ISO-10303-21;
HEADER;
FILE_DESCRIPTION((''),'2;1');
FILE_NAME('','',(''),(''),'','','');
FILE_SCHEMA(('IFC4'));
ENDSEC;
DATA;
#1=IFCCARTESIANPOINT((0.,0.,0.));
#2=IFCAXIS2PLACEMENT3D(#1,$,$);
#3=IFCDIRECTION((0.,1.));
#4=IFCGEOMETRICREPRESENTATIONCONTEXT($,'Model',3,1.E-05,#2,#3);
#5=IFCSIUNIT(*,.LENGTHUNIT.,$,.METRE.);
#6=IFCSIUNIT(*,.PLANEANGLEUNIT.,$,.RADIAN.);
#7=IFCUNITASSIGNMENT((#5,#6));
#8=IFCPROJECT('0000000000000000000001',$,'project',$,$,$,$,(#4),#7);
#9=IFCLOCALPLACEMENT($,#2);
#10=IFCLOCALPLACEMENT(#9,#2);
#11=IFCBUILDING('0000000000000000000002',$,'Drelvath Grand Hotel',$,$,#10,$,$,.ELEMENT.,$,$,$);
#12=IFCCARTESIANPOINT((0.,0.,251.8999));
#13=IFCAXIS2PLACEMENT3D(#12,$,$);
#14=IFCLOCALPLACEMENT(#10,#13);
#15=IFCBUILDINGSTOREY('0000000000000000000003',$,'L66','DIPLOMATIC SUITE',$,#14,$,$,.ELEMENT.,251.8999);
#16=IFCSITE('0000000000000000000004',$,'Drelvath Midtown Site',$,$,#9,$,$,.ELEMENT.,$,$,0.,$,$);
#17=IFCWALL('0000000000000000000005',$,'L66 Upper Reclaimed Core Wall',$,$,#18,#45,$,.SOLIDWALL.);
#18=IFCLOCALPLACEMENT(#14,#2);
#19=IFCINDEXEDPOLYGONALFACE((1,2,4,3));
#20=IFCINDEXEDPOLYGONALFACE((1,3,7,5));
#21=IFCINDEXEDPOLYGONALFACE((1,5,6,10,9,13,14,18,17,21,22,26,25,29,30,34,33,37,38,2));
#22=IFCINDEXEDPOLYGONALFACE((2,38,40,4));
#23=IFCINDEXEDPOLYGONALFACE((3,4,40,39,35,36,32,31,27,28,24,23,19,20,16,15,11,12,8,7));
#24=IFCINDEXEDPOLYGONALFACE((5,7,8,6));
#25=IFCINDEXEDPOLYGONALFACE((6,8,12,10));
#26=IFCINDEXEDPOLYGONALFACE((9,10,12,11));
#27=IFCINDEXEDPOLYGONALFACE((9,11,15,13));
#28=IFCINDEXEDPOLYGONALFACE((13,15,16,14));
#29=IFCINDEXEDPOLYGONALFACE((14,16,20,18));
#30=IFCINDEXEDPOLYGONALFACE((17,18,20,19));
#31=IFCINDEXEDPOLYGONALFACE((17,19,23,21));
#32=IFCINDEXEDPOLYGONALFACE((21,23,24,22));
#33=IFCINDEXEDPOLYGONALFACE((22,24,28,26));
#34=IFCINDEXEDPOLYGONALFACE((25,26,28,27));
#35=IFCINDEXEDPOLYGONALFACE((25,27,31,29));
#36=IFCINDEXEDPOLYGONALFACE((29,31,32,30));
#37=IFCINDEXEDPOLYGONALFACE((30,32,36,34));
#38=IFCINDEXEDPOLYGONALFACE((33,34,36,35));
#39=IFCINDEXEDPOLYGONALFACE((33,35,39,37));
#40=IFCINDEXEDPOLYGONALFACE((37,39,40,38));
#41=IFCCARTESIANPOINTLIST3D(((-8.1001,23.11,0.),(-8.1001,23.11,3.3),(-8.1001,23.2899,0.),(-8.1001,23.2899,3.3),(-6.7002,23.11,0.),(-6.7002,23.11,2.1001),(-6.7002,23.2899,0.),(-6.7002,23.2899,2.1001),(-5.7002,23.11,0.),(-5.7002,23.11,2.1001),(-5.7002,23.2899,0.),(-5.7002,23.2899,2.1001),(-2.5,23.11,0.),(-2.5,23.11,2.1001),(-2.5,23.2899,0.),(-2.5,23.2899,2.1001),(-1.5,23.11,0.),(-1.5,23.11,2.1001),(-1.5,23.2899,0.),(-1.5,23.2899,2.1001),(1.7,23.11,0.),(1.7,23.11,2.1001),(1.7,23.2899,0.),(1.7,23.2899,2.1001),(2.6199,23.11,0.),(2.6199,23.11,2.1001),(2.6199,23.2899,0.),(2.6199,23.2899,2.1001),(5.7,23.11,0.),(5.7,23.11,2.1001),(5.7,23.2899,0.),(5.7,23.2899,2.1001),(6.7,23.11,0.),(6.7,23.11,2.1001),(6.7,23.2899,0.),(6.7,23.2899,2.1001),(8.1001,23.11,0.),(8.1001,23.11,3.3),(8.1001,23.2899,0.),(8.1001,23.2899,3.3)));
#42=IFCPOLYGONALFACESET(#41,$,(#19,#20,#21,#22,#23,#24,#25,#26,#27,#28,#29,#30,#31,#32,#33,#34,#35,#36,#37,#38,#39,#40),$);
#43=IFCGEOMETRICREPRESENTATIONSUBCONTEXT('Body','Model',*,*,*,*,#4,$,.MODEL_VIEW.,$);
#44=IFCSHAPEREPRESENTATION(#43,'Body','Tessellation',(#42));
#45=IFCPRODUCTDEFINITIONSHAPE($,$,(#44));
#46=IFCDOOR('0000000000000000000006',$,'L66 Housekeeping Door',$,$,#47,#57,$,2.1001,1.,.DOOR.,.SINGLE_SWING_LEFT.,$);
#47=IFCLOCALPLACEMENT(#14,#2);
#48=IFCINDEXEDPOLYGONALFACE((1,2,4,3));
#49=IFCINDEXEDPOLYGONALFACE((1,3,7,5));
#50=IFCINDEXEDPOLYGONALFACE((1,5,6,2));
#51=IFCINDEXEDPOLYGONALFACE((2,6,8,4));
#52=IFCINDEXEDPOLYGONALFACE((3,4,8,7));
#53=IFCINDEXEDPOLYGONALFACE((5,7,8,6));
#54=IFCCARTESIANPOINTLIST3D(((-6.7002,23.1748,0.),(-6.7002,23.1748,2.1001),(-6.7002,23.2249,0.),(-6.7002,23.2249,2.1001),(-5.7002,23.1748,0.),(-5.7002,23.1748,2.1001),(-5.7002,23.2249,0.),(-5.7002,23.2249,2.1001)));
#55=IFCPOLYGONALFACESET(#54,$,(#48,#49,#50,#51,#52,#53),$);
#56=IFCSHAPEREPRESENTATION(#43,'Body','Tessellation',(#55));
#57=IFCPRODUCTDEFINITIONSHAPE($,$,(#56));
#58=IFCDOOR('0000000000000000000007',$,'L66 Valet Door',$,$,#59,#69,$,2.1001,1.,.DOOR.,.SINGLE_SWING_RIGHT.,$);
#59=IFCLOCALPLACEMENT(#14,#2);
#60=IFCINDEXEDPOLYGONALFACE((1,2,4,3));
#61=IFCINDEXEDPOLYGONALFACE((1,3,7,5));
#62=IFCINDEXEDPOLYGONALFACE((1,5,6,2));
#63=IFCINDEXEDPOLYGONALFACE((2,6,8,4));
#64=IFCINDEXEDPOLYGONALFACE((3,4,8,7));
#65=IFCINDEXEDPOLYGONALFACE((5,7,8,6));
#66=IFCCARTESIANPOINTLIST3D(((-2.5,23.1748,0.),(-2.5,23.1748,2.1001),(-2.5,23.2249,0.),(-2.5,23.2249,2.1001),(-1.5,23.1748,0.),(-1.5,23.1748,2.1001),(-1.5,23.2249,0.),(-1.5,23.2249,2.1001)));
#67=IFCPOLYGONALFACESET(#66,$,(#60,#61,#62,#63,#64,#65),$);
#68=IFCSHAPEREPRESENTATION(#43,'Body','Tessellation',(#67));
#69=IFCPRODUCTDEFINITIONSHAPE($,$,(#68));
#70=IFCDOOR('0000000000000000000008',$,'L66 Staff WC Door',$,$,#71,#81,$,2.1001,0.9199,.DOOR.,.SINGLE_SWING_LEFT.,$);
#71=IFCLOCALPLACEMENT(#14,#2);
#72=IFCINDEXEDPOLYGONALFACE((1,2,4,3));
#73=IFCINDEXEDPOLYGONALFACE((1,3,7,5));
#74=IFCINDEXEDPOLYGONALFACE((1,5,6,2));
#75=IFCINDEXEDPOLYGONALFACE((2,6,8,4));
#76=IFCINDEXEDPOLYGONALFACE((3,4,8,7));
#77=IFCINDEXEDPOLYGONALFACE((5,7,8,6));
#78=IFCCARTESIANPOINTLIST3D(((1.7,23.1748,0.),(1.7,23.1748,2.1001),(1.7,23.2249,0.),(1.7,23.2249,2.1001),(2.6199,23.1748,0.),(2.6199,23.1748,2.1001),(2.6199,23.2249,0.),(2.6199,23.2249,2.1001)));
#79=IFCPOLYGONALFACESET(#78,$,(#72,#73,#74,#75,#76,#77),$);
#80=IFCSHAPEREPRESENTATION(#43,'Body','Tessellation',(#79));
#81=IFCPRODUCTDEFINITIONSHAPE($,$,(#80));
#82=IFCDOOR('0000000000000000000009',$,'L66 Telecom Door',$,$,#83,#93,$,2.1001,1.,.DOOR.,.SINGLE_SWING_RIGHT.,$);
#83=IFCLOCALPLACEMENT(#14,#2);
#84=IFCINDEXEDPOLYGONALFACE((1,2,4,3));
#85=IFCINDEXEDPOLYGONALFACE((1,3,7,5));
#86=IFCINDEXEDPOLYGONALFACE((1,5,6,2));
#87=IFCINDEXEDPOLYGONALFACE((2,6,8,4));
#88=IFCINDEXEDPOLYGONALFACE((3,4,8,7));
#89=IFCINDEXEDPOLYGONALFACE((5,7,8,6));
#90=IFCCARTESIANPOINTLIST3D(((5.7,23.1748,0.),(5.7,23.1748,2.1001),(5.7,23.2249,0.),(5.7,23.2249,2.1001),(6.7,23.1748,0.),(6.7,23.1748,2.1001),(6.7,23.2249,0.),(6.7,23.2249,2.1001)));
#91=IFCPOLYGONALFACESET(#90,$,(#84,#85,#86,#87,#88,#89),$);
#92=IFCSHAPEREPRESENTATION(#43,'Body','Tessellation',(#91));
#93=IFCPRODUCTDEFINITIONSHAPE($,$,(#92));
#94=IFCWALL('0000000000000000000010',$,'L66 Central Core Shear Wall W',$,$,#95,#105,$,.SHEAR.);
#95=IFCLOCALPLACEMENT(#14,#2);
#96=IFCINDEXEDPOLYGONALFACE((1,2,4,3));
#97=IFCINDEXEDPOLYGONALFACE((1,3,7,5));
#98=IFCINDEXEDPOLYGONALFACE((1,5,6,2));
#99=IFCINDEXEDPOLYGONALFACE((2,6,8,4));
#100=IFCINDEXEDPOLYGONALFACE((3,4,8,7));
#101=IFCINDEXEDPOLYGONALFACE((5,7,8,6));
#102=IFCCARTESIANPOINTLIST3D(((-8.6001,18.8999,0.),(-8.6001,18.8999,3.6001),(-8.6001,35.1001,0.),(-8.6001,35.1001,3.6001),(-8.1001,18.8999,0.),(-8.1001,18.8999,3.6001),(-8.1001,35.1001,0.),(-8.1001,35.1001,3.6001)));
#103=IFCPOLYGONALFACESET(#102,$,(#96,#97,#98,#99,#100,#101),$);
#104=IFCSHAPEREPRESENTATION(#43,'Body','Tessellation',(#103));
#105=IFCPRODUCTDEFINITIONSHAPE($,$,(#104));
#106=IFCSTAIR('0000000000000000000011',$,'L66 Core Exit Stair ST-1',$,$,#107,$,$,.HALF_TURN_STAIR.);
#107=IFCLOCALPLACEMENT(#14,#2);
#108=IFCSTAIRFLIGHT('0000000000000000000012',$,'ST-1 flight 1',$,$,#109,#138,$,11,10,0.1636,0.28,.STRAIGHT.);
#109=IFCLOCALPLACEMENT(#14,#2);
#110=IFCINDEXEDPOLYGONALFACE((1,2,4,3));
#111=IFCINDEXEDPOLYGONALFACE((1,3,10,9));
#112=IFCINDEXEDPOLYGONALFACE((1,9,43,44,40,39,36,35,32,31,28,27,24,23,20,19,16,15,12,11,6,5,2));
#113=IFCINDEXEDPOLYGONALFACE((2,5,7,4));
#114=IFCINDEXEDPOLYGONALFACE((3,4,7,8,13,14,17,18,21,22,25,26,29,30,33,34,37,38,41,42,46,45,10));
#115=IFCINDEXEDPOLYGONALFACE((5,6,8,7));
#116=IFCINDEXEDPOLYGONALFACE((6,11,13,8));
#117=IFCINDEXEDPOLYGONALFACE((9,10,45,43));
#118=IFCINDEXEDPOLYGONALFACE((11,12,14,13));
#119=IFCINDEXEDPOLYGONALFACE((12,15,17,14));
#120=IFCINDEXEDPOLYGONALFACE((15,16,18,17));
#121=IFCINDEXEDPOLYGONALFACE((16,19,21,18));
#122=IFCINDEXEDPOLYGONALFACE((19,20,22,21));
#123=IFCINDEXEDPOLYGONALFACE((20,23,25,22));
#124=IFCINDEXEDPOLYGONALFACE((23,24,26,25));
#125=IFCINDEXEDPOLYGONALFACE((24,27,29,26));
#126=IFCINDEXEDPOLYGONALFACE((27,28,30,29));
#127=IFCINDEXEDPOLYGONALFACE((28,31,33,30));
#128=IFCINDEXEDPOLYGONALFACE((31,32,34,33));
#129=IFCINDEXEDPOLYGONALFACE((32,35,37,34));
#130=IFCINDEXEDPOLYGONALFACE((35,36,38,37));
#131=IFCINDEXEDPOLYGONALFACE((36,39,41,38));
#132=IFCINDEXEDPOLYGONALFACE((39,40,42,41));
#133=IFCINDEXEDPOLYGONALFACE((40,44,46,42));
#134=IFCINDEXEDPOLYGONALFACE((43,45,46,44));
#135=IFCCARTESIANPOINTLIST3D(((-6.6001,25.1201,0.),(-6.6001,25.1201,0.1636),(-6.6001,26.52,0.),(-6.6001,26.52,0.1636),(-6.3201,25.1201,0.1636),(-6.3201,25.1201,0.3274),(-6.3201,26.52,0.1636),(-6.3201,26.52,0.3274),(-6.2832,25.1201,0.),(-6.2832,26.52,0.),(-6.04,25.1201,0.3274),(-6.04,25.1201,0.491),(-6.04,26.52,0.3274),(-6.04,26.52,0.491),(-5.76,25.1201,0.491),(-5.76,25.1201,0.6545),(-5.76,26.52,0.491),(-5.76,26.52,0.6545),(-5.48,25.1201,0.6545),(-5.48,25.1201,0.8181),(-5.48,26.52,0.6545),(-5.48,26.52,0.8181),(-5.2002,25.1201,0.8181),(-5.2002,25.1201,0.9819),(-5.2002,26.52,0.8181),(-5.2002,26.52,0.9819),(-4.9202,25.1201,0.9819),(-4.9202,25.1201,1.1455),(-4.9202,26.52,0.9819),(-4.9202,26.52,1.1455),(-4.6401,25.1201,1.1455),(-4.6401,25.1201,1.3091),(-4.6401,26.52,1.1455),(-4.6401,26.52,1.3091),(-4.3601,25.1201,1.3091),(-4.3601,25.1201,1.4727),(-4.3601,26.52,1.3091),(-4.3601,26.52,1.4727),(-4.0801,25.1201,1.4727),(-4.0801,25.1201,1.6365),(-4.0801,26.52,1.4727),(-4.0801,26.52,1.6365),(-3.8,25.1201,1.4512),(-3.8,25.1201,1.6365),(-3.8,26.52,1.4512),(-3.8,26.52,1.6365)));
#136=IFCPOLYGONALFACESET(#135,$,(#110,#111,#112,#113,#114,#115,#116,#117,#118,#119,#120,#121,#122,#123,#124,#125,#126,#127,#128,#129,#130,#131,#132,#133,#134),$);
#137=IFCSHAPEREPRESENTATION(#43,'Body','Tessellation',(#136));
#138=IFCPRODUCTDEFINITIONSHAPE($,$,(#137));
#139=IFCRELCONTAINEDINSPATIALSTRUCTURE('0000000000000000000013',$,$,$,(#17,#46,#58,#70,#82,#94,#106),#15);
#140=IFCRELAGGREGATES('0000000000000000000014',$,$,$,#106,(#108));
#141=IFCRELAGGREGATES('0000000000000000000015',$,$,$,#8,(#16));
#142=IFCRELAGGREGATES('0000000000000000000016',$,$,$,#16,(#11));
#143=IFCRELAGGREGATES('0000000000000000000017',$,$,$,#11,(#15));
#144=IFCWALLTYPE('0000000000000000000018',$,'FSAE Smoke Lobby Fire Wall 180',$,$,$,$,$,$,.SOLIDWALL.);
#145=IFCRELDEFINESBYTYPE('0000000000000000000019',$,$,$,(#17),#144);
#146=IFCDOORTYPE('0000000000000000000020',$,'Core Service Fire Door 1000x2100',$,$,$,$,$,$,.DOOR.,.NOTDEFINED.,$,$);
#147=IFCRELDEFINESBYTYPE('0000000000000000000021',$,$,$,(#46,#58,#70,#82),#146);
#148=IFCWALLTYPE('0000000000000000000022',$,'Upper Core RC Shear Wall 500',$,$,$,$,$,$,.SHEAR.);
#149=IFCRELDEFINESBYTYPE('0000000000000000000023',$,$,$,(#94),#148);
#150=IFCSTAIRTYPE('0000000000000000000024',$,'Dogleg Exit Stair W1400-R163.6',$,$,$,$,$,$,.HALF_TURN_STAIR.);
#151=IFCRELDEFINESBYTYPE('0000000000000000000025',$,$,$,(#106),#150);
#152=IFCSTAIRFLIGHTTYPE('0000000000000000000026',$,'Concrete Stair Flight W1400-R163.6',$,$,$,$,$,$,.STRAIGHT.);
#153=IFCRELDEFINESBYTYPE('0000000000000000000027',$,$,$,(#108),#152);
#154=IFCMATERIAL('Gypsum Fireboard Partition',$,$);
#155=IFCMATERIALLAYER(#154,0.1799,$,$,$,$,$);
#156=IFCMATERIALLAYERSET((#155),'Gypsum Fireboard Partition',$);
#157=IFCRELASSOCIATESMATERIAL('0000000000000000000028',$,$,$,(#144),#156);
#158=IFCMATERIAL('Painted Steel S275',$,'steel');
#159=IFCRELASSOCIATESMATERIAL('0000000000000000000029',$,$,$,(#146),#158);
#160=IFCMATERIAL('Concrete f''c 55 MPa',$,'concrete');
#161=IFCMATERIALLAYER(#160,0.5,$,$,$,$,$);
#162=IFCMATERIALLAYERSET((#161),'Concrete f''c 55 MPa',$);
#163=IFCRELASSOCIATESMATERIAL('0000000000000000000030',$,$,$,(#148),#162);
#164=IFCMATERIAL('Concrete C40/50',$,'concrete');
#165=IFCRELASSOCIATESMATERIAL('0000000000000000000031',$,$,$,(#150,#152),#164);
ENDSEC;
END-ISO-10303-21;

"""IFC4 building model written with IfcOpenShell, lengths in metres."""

from ifc_helpers import new_model, si_unit, direction, frame, frame_2d, origin, place, context, subcontext, project, spatial, polyline, rectangle, outline, extrude, material, layer, layer_set, type_object, element, fill, aggregate, save


model = new_model("IFC4")

# Units and contexts
model_context = context("Model", 3, precision=1e-05, world=origin(), true_north=direction((0.0, 1.0)))
body_context = subcontext(model_context, "Body", "Model", "MODEL_VIEW")
ifc_project = project(units=[si_unit("LENGTHUNIT", "METRE"), si_unit("PLANEANGLEUNIT", "RADIAN")], contexts=[model_context])

# Site, building, storey
site_placement = place(None, origin())
site = spatial("IfcSite", under=ifc_project, at=site_placement, Name="Drelvath Midtown Site", CompositionType="ELEMENT", RefElevation=0.0)
building_placement = place(site_placement, origin())
building = spatial("IfcBuilding", under=site, at=building_placement, Name="Drelvath Grand Hotel", CompositionType="ELEMENT")
storey_placement = place(building_placement, frame((0.0, 0.0, 251.8999)))
storey = spatial("IfcBuildingStorey", under=building, at=storey_placement, Name="L66", Description="DIPLOMATIC SUITE", CompositionType="ELEMENT", Elevation=251.8999)

# Shared definitions
ifc_material_1 = material(Name="Concrete f'c 55 MPa", Category="concrete")

# Shared definitions
ifc_material_2 = material(Name="Concrete C40/50", Category="concrete")
ifc_material_3 = material(Name="Painted Steel S275", Category="steel")

# Wall, openings, doors
ifc_material_4 = material(Name="Gypsum Fireboard Partition")
ifc_layer_1 = layer(ifc_material_4, 0.1799)
ifc_layer_set_1 = layer_set([ifc_layer_1], Name="Gypsum Fireboard Partition")
wall_type_1 = type_object("IfcWallType", Name="FSAE Smoke Lobby Fire Wall 180", PredefinedType="SOLIDWALL", material=ifc_layer_set_1)
wall_1_placement = place(storey_placement, frame((-8.1001, 23.2, 0.0), z_axis=(0.0, 0.0, 1.0), x_axis=(1.0, 0.0, 0.0)))
wall_1 = element("IfcWall", 1, at=wall_1_placement, inside=storey, type_object=wall_type_1, Name="L66 Upper Reclaimed Core Wall", PredefinedType="SOLIDWALL", context=body_context, shape_type="SweptSolid", body=[
    extrude(rectangle(XDim=16.2002, YDim=0.1799, at=frame_2d((8.1001, 0.0))), origin(), (0.0, 0.0, 1.0), 3.3),
])
opening_1_placement = place(wall_1_placement, frame((1.3999, 0.0, 0.0)))
opening_1 = element("IfcOpeningElement", 2, at=opening_1_placement, cuts=wall_1, PredefinedType="OPENING", context=body_context, shape_type="SweptSolid", body=[
    extrude(rectangle(XDim=1.0, YDim=2.1001, at=frame_2d((0.5, 1.05))), frame((0.0, 0.0999, 0.0), z_axis=(0.0, -1.0, 0.0), x_axis=(1.0, 0.0, 0.0)), (0.0, 0.0, 1.0), 0.2),
])
opening_2_placement = place(wall_1_placement, frame((5.6001, 0.0, 0.0)))
opening_2 = element("IfcOpeningElement", 3, at=opening_2_placement, cuts=wall_1, PredefinedType="OPENING", context=body_context, shape_type="SweptSolid", body=[
    extrude(rectangle(XDim=1.0, YDim=2.1001, at=frame_2d((0.5, 1.05))), frame((0.0, 0.0999, 0.0), z_axis=(0.0, -1.0, 0.0), x_axis=(1.0, 0.0, 0.0)), (0.0, 0.0, 1.0), 0.2),
])
opening_3_placement = place(wall_1_placement, frame((9.8, 0.0, 0.0)))
opening_3 = element("IfcOpeningElement", 4, at=opening_3_placement, cuts=wall_1, PredefinedType="OPENING", context=body_context, shape_type="SweptSolid", body=[
    extrude(rectangle(XDim=0.9199, YDim=2.1001, at=frame_2d((0.46, 1.05))), frame((0.0, 0.0999, 0.0), z_axis=(0.0, -1.0, 0.0), x_axis=(1.0, 0.0, 0.0)), (0.0, 0.0, 1.0), 0.2),
])
opening_4_placement = place(wall_1_placement, frame((13.8, 0.0, 0.0)))
opening_4 = element("IfcOpeningElement", 5, at=opening_4_placement, cuts=wall_1, PredefinedType="OPENING", context=body_context, shape_type="SweptSolid", body=[
    extrude(rectangle(XDim=1.0, YDim=2.1001, at=frame_2d((0.5, 1.05))), frame((0.0, 0.0999, 0.0), z_axis=(0.0, -1.0, 0.0), x_axis=(1.0, 0.0, 0.0)), (0.0, 0.0, 1.0), 0.2),
])
door_type_1 = type_object("IfcDoorType", Name="Core Service Fire Door 1000x2100", OperationType="NOTDEFINED", PredefinedType="DOOR", material=ifc_material_3)
door_1_placement = place(opening_1_placement, origin())
door_1 = element("IfcDoor", 6, at=door_1_placement, inside=storey, type_object=door_type_1, Name="L66 Housekeeping Door", OperationType="SINGLE_SWING_LEFT", OverallHeight=2.1001, OverallWidth=1.0, PredefinedType="DOOR", context=body_context, shape_type="SweptSolid", body=[
    extrude(rectangle(XDim=1.0, YDim=2.1001, at=frame_2d((0.5, 1.05))), frame((0.0, 0.0249, 0.0), z_axis=(0.0, -1.0, 0.0), x_axis=(1.0, 0.0, 0.0)), (0.0, 0.0, 1.0), 0.05),
])
fill(opening_1, door_1)
door_2_placement = place(opening_2_placement, origin())
door_2 = element("IfcDoor", 7, at=door_2_placement, inside=storey, type_object=door_type_1, Name="L66 Valet Door", OperationType="SINGLE_SWING_RIGHT", OverallHeight=2.1001, OverallWidth=1.0, PredefinedType="DOOR", context=body_context, shape_type="SweptSolid", body=[
    extrude(rectangle(XDim=1.0, YDim=2.1001, at=frame_2d((0.5, 1.05))), frame((0.0, 0.0249, 0.0), z_axis=(0.0, -1.0, 0.0), x_axis=(1.0, 0.0, 0.0)), (0.0, 0.0, 1.0), 0.05),
])
fill(opening_2, door_2)
door_3_placement = place(opening_3_placement, origin())
door_3 = element("IfcDoor", 8, at=door_3_placement, inside=storey, type_object=door_type_1, Name="L66 Staff WC Door", OperationType="SINGLE_SWING_LEFT", OverallHeight=2.1001, OverallWidth=0.9199, PredefinedType="DOOR", context=body_context, shape_type="SweptSolid", body=[
    extrude(rectangle(XDim=0.9199, YDim=2.1001, at=frame_2d((0.46, 1.05))), frame((0.0, 0.0249, 0.0), z_axis=(0.0, -1.0, 0.0), x_axis=(1.0, 0.0, 0.0)), (0.0, 0.0, 1.0), 0.05),
])
fill(opening_3, door_3)
door_4_placement = place(opening_4_placement, origin())
door_4 = element("IfcDoor", 9, at=door_4_placement, inside=storey, type_object=door_type_1, Name="L66 Telecom Door", OperationType="SINGLE_SWING_RIGHT", OverallHeight=2.1001, OverallWidth=1.0, PredefinedType="DOOR", context=body_context, shape_type="SweptSolid", body=[
    extrude(rectangle(XDim=1.0, YDim=2.1001, at=frame_2d((0.5, 1.05))), frame((0.0, 0.0249, 0.0), z_axis=(0.0, -1.0, 0.0), x_axis=(1.0, 0.0, 0.0)), (0.0, 0.0, 1.0), 0.05),
])
fill(opening_4, door_4)

# Wall
ifc_layer_2 = layer(ifc_material_1, 0.5)
ifc_layer_set_2 = layer_set([ifc_layer_2], Name="Concrete f'c 55 MPa")
wall_type_2 = type_object("IfcWallType", Name="Upper Core RC Shear Wall 500", PredefinedType="SHEAR", material=ifc_layer_set_2)
wall_2_placement = place(storey_placement, frame((-8.3501, 18.8999, 0.0), z_axis=(0.0, 0.0, 1.0), x_axis=(0.0, 1.0, 0.0)))
element("IfcWall", 10, at=wall_2_placement, inside=storey, type_object=wall_type_2, Name="L66 Central Core Shear Wall W", PredefinedType="SHEAR", context=body_context, shape_type="SweptSolid", body=[
    extrude(rectangle(XDim=16.2002, YDim=0.5, at=frame_2d((8.1001, 0.0))), origin(), (0.0, 0.0, 1.0), 3.6001),
])

# Stair, stair flight
stair_type = type_object("IfcStairType", Name="Dogleg Exit Stair W1400-R163.6", PredefinedType="HALF_TURN_STAIR", material=ifc_material_2)
stair_placement = place(storey_placement, origin())
stair = element("IfcStair", 11, at=stair_placement, inside=storey, type_object=stair_type, Name="L66 Core Exit Stair ST-1", PredefinedType="HALF_TURN_STAIR")
stair_flight_type = type_object("IfcStairFlightType", Name="Concrete Stair Flight W1400-R163.6", PredefinedType="STRAIGHT", material=ifc_material_2)
stair_flight_placement = place(storey_placement, frame((-6.6001, 25.8201, 0.0), z_axis=(0.0, 0.0, 1.0), x_axis=(1.0, 0.0, 0.0)))
stair_flight = element("IfcStairFlight", 12, at=stair_flight_placement, type_object=stair_flight_type, Name="ST-1 flight 1", NumberOfRisers=11, NumberOfTreads=10, PredefinedType="STRAIGHT", RiserHeight=0.1636, TreadLength=0.28, context=body_context, shape_type="SweptSolid", body=[
    extrude(outline(polyline([(0.0, 0.0), (0.0, 0.1636), (0.28, 0.1636), (0.28, 0.3274), (0.5601, 0.3274), (0.5601, 0.491), (0.8401, 0.491), (0.8401, 0.6545), (1.1201, 0.6545), (1.1201, 0.8181), (1.3999, 0.8181), (1.3999, 0.9819), (1.6799, 0.9819), (1.6799, 1.1455), (1.96, 1.1455), (1.96, 1.3091), (2.24, 1.3091), (2.24, 1.4727), (2.52, 1.4727), (2.52, 1.6365), (2.8, 1.6365), (2.8, 1.8), (2.8, 1.4512), (0.3169, 0.0), (0.0, 0.0)])), frame((0.0, 0.7, 0.0), z_axis=(0.0, -1.0, 0.0), x_axis=(1.0, 0.0, 0.0)), (0.0, 0.0, 1.0), 1.3999),
])
aggregate(stair, [stair_flight])

save(model, "model.ifc")
